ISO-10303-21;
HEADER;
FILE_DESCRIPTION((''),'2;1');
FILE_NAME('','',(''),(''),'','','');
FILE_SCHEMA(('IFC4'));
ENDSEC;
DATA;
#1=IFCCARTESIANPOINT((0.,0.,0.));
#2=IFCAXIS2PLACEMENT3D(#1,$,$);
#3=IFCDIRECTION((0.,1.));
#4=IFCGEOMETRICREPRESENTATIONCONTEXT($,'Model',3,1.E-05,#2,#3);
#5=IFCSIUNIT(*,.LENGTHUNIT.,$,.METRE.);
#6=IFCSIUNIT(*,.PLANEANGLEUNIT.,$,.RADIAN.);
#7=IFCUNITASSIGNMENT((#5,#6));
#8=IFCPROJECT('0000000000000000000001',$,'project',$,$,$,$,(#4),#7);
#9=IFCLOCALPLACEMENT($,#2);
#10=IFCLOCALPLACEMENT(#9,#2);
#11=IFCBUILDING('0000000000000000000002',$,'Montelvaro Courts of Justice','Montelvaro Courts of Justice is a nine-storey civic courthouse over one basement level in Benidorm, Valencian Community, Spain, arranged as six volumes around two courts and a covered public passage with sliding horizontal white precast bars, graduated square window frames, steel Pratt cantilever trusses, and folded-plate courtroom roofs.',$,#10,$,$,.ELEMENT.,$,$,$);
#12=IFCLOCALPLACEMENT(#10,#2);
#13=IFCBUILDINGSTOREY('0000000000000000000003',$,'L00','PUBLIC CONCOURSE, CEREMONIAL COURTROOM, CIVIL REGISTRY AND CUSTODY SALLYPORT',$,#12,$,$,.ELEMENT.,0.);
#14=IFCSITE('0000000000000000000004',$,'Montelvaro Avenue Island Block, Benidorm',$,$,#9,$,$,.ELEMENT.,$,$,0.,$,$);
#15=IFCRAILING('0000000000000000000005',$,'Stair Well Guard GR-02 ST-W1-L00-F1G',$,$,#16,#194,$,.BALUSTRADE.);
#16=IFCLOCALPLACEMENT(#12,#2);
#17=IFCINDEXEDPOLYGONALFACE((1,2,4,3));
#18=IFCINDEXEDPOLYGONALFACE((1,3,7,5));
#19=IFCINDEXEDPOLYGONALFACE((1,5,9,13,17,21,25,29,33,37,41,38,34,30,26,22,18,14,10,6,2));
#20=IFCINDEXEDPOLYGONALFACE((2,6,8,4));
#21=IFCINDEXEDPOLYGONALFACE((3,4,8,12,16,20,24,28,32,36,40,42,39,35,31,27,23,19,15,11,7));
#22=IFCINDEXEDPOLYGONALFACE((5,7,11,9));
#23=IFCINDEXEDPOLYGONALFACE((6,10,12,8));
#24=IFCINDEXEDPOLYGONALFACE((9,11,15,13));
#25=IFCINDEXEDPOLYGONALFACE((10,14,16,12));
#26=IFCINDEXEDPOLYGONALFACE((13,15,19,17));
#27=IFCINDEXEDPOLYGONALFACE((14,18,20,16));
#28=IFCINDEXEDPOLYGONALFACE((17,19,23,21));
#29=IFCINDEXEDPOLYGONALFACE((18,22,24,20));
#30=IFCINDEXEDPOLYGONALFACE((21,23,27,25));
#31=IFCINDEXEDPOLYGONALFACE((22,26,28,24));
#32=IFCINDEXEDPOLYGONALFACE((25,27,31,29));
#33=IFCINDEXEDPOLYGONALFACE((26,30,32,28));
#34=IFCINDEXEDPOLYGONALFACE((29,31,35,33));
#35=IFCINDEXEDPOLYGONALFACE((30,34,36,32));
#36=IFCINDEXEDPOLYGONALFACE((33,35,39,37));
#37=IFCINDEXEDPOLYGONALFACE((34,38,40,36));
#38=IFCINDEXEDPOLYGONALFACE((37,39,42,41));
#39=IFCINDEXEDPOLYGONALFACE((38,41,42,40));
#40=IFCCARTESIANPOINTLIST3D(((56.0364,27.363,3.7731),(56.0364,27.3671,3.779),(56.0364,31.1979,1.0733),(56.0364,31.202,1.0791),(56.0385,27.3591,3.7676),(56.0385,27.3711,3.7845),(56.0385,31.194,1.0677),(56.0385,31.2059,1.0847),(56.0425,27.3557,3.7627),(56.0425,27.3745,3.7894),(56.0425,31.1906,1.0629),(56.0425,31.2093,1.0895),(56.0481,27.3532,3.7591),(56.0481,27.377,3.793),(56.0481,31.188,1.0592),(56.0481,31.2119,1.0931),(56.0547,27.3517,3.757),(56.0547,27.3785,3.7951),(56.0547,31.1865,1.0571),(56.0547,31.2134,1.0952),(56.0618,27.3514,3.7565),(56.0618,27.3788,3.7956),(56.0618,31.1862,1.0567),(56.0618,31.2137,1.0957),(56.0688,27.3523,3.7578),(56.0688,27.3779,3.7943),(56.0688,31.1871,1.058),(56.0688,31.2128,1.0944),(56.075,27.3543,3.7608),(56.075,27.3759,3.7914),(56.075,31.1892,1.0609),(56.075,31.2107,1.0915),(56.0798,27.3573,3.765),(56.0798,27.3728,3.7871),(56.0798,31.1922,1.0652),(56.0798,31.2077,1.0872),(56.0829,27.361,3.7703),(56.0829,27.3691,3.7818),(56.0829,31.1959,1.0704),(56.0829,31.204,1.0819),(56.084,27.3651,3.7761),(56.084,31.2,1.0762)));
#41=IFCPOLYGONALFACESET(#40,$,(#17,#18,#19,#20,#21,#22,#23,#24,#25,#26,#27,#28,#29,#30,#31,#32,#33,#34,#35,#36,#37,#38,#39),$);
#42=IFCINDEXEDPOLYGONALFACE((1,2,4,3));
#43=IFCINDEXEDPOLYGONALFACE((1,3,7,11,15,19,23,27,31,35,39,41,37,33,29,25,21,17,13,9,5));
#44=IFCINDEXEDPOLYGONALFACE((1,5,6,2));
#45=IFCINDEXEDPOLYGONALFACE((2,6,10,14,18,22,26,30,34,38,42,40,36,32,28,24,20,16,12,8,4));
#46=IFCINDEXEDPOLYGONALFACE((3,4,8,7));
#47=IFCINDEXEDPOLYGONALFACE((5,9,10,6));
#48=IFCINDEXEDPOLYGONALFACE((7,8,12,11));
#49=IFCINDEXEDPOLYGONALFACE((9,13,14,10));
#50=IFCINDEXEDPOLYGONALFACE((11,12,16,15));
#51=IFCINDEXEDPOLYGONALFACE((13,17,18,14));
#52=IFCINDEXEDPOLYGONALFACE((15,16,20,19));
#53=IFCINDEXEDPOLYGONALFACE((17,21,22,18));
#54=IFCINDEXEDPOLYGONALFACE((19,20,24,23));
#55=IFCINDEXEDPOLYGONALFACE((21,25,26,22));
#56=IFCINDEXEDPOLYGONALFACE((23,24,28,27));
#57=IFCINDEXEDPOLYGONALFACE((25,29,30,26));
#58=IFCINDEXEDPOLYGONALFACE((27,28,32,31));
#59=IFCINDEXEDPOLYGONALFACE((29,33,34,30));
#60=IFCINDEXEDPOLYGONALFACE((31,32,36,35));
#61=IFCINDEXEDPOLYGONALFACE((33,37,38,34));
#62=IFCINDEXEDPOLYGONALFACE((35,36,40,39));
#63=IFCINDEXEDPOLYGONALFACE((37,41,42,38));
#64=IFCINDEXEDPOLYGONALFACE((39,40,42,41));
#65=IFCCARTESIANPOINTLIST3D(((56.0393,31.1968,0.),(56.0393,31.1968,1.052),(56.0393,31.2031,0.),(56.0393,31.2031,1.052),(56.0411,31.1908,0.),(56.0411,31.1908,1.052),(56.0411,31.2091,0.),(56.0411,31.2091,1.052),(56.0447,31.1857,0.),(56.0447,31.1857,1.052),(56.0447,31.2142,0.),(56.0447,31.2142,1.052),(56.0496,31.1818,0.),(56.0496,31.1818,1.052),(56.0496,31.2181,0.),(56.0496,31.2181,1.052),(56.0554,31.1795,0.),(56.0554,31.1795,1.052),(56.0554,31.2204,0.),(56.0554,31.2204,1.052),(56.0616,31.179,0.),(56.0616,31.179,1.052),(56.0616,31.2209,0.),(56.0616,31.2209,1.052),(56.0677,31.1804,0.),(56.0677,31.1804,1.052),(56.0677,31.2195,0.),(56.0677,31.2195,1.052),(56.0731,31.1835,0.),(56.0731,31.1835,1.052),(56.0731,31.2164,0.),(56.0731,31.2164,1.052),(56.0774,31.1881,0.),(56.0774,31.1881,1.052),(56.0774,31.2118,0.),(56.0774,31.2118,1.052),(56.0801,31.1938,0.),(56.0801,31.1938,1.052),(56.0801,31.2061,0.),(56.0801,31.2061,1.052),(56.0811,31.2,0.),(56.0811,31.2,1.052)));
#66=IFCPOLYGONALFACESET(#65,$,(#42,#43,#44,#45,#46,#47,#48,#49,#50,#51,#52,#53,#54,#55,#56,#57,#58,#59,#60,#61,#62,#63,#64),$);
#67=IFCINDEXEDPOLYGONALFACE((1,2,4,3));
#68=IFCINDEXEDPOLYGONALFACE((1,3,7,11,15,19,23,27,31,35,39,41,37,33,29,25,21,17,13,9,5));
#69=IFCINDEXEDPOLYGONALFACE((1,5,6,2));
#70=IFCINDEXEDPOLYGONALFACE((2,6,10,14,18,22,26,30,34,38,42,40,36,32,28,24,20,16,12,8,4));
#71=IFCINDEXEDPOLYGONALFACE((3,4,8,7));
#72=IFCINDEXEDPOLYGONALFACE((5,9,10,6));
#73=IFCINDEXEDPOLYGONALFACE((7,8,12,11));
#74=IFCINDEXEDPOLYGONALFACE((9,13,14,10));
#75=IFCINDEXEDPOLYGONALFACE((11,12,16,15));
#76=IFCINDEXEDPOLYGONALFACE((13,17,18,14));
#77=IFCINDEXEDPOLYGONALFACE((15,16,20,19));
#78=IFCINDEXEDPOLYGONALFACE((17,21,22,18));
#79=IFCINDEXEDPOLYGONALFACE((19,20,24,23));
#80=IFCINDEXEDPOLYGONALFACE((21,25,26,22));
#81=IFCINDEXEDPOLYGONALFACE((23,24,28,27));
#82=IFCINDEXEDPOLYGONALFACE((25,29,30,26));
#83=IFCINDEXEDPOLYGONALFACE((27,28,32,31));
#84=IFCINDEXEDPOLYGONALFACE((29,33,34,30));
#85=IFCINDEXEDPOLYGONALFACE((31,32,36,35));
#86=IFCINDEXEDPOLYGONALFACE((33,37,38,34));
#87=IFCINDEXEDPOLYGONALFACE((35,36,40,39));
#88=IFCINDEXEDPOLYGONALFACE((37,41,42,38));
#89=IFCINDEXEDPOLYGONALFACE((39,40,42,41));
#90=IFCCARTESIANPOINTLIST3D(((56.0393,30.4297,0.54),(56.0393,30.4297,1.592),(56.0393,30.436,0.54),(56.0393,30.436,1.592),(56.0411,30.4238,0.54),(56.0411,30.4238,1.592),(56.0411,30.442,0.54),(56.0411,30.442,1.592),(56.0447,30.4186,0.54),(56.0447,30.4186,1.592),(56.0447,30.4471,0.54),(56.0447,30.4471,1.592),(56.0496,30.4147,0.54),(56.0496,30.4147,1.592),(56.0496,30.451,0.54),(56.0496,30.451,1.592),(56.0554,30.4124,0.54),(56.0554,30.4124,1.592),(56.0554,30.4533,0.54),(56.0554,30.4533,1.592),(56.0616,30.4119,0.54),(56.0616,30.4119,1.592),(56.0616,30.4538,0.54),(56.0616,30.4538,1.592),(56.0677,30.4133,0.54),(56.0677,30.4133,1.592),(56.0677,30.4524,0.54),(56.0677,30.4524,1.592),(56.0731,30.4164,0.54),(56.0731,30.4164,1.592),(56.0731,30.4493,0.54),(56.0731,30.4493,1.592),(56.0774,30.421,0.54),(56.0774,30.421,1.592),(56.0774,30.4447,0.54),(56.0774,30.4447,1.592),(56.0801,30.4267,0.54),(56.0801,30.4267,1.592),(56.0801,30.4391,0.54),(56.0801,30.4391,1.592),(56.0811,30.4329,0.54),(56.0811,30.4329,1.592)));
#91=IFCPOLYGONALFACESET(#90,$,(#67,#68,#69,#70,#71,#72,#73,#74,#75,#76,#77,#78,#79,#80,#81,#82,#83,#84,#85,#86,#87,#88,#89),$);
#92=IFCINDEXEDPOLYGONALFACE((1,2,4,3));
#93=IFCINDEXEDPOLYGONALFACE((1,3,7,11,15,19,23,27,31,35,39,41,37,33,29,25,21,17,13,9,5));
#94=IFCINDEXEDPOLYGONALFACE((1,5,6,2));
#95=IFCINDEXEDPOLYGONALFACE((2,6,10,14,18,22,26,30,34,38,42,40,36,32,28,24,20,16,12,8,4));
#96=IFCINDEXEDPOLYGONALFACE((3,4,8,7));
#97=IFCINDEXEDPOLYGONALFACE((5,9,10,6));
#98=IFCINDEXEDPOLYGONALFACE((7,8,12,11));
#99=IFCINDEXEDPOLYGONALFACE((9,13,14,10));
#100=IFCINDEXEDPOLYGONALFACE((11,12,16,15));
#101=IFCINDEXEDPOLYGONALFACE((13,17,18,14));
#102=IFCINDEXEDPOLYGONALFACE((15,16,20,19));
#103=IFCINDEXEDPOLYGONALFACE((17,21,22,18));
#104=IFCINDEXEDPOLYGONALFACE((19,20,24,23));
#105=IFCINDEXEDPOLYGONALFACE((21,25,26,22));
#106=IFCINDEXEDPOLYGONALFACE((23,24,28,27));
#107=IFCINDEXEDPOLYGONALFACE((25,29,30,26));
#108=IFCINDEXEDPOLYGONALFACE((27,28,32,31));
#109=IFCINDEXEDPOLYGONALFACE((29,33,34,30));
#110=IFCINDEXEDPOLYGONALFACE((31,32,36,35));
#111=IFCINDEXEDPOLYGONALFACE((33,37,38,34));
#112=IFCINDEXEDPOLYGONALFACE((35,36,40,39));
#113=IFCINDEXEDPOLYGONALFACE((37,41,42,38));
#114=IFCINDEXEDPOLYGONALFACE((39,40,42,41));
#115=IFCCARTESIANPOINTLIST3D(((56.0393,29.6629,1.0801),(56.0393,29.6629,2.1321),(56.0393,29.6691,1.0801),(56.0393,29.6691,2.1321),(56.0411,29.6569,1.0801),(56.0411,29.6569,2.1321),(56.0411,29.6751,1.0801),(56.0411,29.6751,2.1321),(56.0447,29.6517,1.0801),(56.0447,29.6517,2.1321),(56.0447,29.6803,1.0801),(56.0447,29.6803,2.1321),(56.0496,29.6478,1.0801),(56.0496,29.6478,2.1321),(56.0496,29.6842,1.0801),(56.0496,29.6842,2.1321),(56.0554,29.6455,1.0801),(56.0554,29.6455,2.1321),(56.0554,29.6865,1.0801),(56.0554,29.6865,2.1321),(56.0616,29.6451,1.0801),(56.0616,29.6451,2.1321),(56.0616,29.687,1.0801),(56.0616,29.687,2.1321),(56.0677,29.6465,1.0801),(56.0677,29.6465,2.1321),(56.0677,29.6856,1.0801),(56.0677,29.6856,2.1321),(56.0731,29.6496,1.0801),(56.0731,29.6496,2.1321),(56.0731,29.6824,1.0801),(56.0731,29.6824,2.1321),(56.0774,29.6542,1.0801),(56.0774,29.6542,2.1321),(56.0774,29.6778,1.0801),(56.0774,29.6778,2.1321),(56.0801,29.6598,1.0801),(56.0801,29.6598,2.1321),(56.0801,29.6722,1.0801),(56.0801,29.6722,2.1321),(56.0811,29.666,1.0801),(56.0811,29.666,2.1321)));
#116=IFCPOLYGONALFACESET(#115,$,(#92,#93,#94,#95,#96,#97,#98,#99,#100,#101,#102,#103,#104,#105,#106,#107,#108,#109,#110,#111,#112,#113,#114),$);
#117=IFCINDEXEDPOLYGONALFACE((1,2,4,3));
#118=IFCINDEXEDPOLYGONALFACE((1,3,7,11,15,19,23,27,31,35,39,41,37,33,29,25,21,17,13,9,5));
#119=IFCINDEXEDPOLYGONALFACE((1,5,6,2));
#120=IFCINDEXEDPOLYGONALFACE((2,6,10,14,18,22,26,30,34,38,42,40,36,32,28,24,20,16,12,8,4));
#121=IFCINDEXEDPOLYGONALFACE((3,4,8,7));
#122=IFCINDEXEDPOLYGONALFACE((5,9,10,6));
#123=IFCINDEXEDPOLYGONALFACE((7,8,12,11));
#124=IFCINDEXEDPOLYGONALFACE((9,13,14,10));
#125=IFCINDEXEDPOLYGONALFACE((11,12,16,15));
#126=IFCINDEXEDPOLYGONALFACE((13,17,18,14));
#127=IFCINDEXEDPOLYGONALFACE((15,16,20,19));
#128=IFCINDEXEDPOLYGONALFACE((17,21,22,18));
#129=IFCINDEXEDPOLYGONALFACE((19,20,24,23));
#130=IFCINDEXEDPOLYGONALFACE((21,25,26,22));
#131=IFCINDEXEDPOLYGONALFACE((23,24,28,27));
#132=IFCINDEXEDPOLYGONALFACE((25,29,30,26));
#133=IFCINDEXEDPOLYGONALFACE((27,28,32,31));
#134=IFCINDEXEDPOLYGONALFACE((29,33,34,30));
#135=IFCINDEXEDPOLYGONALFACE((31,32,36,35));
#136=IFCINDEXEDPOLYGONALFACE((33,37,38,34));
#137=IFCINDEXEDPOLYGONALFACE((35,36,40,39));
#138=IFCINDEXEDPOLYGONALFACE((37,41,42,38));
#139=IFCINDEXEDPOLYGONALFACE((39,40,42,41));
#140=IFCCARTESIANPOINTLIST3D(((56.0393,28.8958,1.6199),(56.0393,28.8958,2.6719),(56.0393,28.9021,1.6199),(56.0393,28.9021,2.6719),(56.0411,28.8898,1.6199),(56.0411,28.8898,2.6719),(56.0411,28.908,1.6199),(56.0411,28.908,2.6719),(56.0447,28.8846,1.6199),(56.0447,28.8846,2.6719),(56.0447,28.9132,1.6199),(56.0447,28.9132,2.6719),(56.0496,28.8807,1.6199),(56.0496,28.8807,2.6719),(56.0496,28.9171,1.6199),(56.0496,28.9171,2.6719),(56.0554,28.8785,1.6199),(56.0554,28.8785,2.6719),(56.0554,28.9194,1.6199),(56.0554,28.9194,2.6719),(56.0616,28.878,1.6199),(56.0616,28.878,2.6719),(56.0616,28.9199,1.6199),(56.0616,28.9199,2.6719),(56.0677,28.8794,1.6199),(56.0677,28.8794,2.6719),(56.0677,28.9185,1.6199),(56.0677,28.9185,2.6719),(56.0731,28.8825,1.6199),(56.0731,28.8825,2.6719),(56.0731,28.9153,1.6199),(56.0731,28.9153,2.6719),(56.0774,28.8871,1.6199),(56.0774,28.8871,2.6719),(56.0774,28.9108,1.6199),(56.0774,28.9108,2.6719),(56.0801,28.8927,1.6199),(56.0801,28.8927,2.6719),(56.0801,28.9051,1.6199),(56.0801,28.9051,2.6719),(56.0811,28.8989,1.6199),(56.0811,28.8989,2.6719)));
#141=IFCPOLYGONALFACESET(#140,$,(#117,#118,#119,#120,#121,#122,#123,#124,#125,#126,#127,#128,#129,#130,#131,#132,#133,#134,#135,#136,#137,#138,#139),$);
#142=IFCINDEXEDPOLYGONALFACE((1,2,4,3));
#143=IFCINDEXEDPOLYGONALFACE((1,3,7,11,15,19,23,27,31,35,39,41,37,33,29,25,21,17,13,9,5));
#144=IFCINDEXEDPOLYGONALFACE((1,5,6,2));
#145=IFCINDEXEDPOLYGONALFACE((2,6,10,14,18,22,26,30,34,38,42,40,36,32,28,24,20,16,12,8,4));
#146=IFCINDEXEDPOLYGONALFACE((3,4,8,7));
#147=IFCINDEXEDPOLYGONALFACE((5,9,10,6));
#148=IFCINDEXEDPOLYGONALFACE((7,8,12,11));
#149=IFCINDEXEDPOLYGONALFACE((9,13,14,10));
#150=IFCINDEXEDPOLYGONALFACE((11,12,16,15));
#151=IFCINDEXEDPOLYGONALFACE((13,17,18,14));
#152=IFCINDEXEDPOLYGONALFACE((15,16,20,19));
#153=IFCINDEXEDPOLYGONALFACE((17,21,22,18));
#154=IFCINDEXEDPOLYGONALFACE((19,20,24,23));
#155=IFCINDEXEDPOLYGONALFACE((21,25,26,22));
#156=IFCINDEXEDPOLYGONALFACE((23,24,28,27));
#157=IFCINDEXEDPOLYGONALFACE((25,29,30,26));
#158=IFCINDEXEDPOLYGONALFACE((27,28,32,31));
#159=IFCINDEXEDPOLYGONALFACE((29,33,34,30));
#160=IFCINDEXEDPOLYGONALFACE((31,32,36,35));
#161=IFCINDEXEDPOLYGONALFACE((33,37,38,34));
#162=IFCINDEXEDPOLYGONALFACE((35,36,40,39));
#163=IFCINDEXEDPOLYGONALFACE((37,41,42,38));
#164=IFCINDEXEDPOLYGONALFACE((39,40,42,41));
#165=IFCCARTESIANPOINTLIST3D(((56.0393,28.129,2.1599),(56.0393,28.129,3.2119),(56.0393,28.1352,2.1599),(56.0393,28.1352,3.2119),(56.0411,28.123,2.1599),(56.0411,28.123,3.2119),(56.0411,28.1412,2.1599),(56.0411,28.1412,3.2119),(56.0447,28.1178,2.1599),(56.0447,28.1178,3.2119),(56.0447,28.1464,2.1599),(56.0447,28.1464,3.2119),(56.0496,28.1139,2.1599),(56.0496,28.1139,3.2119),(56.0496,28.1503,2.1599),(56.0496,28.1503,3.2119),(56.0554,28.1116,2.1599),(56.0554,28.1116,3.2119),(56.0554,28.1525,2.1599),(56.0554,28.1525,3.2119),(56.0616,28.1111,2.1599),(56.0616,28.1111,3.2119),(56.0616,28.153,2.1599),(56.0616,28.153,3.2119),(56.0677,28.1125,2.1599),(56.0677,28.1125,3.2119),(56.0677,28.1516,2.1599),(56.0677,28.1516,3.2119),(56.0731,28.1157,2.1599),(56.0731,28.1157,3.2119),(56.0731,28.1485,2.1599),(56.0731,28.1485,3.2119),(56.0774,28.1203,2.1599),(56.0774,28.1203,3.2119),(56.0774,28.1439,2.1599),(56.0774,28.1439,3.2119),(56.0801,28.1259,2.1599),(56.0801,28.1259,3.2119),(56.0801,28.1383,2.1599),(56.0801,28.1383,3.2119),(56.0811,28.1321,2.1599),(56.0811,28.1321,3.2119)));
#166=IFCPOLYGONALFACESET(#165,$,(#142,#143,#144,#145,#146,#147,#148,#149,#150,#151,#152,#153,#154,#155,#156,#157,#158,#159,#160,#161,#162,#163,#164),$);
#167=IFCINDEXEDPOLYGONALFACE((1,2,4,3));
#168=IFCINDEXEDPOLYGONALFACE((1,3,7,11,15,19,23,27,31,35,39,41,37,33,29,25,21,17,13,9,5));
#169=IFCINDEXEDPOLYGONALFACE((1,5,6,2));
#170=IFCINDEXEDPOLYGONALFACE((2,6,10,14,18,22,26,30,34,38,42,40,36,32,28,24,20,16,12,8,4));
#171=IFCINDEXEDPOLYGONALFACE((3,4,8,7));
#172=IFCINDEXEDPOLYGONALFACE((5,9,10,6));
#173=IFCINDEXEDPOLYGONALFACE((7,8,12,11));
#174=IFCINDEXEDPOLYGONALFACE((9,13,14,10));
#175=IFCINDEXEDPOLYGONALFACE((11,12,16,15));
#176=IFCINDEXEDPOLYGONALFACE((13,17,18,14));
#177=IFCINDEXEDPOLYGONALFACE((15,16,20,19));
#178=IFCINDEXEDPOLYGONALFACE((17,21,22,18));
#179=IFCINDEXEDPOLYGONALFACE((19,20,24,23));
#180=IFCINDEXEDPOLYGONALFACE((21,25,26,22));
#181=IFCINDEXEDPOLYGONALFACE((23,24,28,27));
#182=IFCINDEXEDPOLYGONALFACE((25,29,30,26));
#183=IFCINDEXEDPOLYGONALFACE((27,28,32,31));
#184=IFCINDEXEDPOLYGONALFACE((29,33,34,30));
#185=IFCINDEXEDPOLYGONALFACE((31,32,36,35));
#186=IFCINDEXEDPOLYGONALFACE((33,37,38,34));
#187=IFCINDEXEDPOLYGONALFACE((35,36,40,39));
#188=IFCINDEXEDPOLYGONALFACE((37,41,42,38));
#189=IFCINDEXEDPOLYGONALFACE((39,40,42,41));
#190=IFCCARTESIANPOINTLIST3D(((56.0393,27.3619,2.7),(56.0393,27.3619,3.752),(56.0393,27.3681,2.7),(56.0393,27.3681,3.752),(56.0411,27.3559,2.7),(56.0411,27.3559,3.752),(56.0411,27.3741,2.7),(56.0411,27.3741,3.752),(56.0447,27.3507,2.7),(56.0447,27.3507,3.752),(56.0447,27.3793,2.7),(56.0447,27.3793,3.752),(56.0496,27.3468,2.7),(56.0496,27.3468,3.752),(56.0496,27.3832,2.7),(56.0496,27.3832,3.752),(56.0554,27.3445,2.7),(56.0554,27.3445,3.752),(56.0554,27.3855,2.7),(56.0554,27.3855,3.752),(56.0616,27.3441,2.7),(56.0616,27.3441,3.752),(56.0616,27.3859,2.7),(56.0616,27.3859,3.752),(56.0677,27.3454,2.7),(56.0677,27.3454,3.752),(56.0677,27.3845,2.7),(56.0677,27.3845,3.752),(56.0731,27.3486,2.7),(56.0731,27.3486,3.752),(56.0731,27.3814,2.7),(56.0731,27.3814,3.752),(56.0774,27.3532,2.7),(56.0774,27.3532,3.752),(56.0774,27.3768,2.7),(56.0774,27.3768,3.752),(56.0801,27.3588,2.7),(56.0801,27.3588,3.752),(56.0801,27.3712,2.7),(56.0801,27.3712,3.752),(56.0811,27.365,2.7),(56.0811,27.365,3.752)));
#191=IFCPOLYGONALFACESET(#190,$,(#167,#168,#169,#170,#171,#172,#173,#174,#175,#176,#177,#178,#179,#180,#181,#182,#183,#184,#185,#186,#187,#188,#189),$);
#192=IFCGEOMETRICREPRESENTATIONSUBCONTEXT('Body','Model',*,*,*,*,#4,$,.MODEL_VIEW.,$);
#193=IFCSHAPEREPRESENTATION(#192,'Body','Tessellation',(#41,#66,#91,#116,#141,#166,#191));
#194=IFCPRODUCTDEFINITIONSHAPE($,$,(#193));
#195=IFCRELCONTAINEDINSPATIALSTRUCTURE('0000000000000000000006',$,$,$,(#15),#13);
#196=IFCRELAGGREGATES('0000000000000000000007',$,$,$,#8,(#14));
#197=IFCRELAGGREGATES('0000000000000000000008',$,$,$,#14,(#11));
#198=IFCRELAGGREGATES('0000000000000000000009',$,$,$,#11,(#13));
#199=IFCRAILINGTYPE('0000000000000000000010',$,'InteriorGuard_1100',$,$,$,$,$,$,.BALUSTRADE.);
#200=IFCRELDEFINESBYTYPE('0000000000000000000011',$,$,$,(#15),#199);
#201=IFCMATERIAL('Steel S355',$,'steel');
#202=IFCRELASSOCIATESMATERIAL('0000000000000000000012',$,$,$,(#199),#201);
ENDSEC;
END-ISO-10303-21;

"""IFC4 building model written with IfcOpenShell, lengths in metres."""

from ifc_helpers import new_model, si_unit, direction, frame, origin, origin_2d, place, context, subcontext, project, spatial, circle, extrude, material, type_object, element, save


model = new_model("IFC4")

# Units and contexts
model_context = context("Model", 3, precision=1e-05, world=origin(), true_north=direction((0.0, 1.0)))
body_context = subcontext(model_context, "Body", "Model", "MODEL_VIEW")
ifc_project = project(units=[si_unit("LENGTHUNIT", "METRE"), si_unit("PLANEANGLEUNIT", "RADIAN")], contexts=[model_context])

# Site, building, storey
site_placement = place(None, origin())
site = spatial("IfcSite", under=ifc_project, at=site_placement, Name="Montelvaro Avenue Island Block, Benidorm", CompositionType="ELEMENT", RefElevation=0.0)
building_placement = place(site_placement, origin())
building = spatial("IfcBuilding", under=site, at=building_placement, Name="Montelvaro Courts of Justice", Description="Montelvaro Courts of Justice is a nine-storey civic courthouse over one basement level in Benidorm, Valencian Community, Spain, arranged as six volumes around two courts and a covered public passage with sliding horizontal white precast bars, graduated square window frames, steel Pratt cantilever trusses, and folded-plate courtroom roofs.", CompositionType="ELEMENT")
storey_placement = place(building_placement, origin())
storey = spatial("IfcBuildingStorey", under=building, at=storey_placement, Name="L00", Description="PUBLIC CONCOURSE, CEREMONIAL COURTROOM, CIVIL REGISTRY AND CUSTODY SALLYPORT", CompositionType="ELEMENT", Elevation=0.0)

# Shared definitions
ifc_material_1 = material(Name="Steel S355", Category="steel")

# Railing
railing_type_1 = type_object("IfcRailingType", Name="InteriorGuard_1100", PredefinedType="BALUSTRADE", material=ifc_material_1)
railing_1_placement = place(storey_placement, frame((56.0601, 31.2, 0.0)))
element("IfcRailing", 1, at=railing_1_placement, inside=storey, type_object=railing_type_1, Name="Stair Well Guard GR-02 ST-W1-L00-F1G", PredefinedType="BALUSTRADE", context=body_context, shape_type="SweptSolid", body=[
    extrude(circle(Radius=0.0239, at=origin_2d()), frame((0.0, 0.0, 1.0762), z_axis=(0.0, -0.817678, 0.575675), x_axis=(1.0, 0.0, 0.0)), (0.0, 0.0, 1.0), 4.6899),
    extrude(circle(Radius=0.021, at=origin_2d()), origin(), (0.0, 0.0, 1.0), 1.052),
    extrude(circle(Radius=0.021, at=origin_2d()), frame((0.0, -0.7671, 0.54)), (0.0, 0.0, 1.0), 1.052),
    extrude(circle(Radius=0.021, at=origin_2d()), frame((0.0, -1.5339, 1.0801)), (0.0, 0.0, 1.0), 1.052),
    extrude(circle(Radius=0.021, at=origin_2d()), frame((0.0, -2.301, 1.6199)), (0.0, 0.0, 1.0), 1.052),
    extrude(circle(Radius=0.021, at=origin_2d()), frame((0.0, -3.0679, 2.1599)), (0.0, 0.0, 1.0), 1.052),
    extrude(circle(Radius=0.021, at=origin_2d()), frame((0.0, -3.835, 2.7)), (0.0, 0.0, 1.0), 1.052),
])

save(model, "model.ifc")
